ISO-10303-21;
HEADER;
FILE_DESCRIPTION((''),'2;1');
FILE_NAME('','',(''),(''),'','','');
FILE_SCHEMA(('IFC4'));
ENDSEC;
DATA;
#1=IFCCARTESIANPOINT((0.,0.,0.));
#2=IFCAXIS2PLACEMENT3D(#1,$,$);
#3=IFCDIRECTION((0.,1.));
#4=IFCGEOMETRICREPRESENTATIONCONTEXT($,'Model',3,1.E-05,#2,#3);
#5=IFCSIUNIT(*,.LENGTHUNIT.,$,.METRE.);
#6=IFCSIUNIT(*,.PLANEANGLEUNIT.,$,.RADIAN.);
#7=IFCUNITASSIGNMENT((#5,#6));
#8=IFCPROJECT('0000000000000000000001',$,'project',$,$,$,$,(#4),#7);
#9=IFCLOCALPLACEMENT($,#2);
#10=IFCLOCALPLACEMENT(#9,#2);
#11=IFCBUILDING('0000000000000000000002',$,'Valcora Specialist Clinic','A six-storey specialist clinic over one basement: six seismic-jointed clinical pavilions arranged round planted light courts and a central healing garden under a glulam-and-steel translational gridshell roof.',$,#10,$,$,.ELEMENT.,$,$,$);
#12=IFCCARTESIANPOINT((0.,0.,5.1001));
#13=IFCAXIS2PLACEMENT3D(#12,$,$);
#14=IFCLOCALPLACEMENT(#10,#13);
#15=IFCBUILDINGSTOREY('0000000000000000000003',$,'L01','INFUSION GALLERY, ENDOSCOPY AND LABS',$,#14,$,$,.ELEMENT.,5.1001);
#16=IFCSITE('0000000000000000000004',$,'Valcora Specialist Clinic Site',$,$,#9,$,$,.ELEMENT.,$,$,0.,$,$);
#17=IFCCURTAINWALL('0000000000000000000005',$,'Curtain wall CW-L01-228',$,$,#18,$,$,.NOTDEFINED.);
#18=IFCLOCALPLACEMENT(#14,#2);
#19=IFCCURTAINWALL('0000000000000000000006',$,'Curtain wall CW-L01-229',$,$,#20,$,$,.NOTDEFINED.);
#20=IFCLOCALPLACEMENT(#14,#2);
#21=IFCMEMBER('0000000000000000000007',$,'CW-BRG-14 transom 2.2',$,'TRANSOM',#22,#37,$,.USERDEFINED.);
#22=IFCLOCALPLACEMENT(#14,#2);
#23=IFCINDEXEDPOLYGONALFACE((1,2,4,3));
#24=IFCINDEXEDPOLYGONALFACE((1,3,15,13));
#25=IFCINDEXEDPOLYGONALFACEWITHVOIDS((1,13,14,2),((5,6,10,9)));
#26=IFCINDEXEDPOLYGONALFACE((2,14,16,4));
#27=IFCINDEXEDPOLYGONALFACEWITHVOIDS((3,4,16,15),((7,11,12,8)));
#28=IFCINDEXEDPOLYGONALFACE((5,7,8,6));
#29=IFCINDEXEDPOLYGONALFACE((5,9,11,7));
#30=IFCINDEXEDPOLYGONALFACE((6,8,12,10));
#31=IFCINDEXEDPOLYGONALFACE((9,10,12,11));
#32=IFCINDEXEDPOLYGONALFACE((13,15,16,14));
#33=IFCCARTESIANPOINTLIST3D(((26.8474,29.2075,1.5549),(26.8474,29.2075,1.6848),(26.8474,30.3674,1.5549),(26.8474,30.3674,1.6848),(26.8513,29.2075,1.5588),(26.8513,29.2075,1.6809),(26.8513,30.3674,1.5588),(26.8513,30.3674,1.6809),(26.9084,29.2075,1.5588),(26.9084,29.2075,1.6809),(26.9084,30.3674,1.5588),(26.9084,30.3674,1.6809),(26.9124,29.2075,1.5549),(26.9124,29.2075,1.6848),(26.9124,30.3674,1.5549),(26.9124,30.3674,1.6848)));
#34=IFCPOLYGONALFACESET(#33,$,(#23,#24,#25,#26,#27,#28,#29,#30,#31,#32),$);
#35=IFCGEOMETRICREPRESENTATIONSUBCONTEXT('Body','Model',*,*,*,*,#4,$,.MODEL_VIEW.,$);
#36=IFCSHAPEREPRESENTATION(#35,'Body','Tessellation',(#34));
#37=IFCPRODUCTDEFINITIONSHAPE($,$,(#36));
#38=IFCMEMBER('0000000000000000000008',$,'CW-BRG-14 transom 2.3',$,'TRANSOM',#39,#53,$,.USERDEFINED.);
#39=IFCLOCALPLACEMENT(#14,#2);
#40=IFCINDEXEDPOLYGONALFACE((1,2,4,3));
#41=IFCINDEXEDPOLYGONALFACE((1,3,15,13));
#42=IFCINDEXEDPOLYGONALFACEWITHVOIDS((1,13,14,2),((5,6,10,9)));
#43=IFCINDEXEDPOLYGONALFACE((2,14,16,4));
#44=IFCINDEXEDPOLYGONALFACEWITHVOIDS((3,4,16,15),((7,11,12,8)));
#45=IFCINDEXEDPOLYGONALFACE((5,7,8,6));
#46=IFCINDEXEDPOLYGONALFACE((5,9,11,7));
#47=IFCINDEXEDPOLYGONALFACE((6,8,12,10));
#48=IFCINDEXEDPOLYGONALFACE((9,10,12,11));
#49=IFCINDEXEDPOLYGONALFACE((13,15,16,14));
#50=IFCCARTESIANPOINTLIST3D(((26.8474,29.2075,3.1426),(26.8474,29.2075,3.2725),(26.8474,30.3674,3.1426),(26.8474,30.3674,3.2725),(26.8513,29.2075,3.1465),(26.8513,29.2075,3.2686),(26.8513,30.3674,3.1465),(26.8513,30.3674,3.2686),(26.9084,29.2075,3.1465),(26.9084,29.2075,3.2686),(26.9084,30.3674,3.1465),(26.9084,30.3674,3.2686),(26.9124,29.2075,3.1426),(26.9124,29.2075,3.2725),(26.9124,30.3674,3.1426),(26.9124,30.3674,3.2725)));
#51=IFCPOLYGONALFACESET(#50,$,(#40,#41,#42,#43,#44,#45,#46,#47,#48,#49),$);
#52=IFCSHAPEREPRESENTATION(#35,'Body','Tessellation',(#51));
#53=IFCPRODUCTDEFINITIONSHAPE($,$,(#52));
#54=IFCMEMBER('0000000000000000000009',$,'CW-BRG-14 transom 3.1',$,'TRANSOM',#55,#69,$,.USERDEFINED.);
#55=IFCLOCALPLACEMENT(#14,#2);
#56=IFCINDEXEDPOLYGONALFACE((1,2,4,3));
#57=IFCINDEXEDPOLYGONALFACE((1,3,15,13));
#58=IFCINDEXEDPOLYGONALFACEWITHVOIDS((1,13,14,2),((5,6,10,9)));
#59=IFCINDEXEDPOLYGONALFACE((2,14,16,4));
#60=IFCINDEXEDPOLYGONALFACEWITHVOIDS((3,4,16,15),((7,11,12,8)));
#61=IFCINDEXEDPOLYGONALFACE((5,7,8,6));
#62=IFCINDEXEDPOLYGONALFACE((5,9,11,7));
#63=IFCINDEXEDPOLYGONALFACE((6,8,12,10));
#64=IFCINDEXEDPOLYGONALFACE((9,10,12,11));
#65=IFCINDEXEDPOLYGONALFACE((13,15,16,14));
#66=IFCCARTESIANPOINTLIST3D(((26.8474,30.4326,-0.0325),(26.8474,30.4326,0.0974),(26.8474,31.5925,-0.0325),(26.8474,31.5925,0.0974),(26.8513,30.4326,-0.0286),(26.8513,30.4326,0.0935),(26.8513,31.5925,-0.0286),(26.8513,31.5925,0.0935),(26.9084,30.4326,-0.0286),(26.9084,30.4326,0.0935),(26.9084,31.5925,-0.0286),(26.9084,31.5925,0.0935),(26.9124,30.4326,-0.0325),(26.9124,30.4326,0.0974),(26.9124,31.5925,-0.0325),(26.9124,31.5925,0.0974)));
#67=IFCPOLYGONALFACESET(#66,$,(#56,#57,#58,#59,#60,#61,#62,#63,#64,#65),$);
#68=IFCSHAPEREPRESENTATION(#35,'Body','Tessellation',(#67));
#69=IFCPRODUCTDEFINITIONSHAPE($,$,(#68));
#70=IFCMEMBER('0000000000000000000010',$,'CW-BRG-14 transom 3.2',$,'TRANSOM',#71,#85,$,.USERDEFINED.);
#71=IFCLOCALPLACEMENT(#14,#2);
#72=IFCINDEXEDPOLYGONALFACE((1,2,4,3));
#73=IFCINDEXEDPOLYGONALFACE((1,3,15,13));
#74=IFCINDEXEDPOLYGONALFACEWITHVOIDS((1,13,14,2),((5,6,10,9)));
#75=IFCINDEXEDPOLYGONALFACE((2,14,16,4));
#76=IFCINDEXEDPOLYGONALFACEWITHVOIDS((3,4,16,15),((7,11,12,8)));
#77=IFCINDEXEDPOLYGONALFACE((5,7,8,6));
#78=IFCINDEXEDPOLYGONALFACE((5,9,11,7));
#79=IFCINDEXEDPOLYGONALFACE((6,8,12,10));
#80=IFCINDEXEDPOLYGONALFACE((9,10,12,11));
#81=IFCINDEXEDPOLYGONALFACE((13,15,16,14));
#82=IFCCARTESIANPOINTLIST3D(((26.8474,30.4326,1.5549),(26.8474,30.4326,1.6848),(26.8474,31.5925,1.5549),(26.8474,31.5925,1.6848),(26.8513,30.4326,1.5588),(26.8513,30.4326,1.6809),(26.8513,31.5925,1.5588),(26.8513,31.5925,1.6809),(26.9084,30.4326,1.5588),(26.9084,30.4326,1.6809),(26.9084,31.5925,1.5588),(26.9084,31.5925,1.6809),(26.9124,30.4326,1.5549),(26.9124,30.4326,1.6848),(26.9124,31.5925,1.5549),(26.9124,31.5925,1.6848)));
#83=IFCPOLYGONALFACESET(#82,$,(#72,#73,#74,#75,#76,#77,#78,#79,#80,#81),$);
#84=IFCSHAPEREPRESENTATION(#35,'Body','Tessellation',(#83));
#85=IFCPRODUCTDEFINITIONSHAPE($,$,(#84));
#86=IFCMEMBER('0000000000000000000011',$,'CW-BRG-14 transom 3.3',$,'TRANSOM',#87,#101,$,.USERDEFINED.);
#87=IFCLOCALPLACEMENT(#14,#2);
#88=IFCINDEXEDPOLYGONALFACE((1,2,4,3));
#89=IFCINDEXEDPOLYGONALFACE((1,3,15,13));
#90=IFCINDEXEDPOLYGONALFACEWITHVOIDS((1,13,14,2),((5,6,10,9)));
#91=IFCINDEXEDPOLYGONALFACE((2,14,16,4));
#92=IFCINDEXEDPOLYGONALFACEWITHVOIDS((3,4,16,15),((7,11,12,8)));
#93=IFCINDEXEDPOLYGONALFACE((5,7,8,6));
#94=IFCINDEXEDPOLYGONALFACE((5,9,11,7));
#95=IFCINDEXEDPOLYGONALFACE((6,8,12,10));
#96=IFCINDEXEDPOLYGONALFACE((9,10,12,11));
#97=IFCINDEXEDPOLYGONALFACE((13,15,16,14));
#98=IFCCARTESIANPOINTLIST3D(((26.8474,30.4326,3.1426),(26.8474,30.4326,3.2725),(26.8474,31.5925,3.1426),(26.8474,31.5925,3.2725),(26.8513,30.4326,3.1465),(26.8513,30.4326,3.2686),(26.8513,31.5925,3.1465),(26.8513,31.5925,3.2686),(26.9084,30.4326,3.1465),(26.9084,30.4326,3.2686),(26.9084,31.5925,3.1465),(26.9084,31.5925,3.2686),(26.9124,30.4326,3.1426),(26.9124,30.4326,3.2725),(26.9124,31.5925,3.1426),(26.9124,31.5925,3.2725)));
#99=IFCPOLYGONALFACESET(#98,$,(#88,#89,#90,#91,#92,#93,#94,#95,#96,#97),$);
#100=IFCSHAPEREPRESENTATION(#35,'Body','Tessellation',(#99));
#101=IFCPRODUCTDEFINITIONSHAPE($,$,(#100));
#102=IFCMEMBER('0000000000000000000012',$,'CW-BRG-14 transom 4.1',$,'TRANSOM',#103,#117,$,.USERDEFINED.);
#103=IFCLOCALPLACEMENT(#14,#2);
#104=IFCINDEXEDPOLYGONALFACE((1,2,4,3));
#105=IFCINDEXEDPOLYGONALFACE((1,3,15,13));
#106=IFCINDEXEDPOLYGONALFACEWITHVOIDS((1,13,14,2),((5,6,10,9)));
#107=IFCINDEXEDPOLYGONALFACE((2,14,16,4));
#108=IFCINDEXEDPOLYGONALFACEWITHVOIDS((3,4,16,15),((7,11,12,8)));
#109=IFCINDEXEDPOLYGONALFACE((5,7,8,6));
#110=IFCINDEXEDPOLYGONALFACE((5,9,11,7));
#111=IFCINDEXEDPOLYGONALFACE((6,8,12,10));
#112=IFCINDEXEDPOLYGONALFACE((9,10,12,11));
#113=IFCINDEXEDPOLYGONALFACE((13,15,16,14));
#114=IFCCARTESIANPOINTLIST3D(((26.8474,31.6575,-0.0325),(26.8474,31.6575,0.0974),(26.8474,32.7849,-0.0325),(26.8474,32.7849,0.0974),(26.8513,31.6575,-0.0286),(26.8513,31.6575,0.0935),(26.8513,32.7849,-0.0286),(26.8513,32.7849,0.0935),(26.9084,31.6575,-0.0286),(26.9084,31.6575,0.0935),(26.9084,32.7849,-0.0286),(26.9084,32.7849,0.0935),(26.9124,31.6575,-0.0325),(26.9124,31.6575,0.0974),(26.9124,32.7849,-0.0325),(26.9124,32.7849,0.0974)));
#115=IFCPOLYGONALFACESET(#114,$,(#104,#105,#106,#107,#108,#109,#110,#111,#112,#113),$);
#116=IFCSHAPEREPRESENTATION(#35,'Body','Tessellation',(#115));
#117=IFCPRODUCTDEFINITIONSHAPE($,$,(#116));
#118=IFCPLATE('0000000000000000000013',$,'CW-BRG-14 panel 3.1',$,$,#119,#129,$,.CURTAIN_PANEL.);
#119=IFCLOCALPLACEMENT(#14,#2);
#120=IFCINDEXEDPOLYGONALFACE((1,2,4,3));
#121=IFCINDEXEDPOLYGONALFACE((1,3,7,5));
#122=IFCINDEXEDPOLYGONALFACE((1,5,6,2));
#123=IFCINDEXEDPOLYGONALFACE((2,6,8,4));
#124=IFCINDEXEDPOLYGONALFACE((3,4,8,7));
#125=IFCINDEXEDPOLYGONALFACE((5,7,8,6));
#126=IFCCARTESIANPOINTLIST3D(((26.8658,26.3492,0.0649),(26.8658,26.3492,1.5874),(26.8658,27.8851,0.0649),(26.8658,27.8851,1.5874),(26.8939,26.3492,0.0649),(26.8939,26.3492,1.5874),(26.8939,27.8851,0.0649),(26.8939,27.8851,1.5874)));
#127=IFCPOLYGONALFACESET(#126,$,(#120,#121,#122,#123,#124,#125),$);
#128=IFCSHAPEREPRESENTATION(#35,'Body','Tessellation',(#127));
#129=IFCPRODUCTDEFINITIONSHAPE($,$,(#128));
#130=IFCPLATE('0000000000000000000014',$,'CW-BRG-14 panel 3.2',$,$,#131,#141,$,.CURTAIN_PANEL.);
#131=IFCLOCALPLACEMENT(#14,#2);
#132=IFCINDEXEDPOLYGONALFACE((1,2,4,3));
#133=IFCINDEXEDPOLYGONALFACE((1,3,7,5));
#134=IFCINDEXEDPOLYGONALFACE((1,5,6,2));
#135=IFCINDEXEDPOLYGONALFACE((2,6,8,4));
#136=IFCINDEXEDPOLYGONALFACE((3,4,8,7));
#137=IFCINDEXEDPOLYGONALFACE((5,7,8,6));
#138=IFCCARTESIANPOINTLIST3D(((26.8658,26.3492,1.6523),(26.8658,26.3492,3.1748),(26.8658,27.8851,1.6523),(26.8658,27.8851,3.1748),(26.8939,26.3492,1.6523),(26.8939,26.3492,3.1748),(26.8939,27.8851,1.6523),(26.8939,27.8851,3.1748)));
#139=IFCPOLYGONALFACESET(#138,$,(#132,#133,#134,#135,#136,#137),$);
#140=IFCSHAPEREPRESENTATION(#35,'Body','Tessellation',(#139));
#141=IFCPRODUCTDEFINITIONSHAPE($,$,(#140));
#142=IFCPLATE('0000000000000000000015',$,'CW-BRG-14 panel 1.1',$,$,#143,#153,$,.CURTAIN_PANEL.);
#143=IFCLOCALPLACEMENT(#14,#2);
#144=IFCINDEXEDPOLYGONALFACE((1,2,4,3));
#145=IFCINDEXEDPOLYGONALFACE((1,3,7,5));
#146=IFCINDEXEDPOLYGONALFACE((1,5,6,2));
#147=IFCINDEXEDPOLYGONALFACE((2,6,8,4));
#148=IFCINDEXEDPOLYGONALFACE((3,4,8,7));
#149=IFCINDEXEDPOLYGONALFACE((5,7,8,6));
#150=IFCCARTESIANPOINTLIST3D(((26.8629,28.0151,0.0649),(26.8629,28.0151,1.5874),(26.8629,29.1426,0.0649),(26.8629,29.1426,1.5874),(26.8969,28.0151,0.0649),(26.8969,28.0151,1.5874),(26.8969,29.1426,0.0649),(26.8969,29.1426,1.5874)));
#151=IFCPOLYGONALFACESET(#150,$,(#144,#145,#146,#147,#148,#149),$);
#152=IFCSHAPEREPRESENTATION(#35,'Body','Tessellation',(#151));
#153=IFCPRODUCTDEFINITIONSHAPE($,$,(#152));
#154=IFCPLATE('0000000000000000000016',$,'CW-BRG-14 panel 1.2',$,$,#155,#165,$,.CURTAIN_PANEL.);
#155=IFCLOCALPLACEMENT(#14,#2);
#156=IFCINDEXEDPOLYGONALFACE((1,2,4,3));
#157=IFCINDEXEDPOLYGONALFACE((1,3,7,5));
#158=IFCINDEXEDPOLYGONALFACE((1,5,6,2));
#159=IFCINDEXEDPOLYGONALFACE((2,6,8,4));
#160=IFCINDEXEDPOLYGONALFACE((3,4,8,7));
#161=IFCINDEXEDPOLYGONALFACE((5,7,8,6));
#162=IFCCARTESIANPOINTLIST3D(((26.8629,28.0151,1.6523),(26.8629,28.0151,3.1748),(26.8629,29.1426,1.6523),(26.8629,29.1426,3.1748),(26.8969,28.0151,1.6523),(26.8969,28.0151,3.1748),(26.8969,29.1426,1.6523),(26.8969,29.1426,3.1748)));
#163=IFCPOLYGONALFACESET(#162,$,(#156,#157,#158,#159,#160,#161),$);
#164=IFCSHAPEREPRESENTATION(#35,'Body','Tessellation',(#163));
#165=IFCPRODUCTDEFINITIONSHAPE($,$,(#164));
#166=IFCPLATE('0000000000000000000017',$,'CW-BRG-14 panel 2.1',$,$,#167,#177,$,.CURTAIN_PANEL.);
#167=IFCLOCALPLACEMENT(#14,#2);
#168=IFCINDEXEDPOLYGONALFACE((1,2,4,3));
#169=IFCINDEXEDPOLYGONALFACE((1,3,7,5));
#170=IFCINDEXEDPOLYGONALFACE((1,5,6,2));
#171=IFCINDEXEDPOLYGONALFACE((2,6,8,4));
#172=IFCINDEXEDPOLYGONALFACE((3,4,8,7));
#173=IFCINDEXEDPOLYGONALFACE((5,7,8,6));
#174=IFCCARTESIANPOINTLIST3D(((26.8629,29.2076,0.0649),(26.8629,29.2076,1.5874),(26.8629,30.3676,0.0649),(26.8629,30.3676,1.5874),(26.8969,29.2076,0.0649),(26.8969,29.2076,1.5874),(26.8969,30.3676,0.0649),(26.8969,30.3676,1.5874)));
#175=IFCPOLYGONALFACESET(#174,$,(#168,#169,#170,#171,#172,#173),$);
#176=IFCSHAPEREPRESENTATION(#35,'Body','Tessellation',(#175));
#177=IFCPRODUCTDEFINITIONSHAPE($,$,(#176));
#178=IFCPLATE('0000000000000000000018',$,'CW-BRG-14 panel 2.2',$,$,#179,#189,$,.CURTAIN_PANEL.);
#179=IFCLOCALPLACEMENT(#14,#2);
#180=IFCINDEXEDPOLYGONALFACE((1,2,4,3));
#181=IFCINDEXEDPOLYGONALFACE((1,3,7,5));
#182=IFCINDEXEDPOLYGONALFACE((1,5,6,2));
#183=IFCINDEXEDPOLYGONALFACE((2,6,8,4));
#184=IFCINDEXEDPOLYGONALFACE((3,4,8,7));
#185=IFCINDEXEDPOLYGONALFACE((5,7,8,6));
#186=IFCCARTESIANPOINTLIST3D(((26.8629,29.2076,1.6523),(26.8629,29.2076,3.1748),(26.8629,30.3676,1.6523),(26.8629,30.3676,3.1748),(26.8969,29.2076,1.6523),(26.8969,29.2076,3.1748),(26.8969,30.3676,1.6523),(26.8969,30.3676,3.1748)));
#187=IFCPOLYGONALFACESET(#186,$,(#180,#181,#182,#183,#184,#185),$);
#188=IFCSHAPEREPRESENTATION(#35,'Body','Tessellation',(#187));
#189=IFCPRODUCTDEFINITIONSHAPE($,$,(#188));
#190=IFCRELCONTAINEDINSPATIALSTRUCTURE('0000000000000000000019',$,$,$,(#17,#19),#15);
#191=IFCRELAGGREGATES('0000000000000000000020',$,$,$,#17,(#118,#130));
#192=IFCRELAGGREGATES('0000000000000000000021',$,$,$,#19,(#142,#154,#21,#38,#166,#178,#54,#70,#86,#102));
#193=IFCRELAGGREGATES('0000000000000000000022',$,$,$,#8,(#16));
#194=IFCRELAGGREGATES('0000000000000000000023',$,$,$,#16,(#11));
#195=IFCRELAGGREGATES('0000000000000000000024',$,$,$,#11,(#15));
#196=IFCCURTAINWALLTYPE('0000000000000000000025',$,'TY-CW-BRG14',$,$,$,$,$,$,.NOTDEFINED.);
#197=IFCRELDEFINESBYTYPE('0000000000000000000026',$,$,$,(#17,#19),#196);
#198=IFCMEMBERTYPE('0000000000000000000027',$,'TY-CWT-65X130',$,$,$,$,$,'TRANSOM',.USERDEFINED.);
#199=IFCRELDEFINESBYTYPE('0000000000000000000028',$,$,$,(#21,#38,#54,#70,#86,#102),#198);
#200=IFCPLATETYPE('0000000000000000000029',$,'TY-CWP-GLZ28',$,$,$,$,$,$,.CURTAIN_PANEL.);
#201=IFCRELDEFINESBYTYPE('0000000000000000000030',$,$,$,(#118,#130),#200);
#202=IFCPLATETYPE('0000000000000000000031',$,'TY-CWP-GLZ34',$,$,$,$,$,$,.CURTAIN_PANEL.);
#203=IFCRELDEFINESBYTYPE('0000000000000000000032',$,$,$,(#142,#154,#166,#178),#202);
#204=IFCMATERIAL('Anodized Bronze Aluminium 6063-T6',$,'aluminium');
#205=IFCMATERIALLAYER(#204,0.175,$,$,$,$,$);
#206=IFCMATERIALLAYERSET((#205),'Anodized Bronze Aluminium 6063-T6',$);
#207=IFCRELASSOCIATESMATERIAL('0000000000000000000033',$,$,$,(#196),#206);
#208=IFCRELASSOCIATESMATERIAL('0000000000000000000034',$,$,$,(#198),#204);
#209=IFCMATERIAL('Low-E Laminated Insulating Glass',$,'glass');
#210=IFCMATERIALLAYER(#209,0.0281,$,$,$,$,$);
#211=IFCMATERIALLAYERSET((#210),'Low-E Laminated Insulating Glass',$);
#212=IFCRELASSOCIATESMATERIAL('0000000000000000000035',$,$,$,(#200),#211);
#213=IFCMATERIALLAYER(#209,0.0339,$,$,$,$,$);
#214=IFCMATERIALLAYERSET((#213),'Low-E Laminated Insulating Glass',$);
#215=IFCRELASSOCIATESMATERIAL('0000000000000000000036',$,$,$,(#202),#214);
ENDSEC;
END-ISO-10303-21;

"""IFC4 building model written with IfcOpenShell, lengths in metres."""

from ifc_helpers import new_model, si_unit, direction, frame, origin, origin_2d, place, context, subcontext, project, spatial, rectangle, hollow_rectangle, extrude, material, layer, layer_set, material_profile, profile_set, type_object, element, aggregate, save


model = new_model("IFC4")

# Units and contexts
model_context = context("Model", 3, precision=1e-05, world=origin(), true_north=direction((0.0, 1.0)))
body_context = subcontext(model_context, "Body", "Model", "MODEL_VIEW")
ifc_project = project(units=[si_unit("LENGTHUNIT", "METRE"), si_unit("PLANEANGLEUNIT", "RADIAN")], contexts=[model_context])

# Site, building, storey
site_placement = place(None, origin())
site = spatial("IfcSite", under=ifc_project, at=site_placement, Name="Valcora Specialist Clinic Site", CompositionType="ELEMENT", RefElevation=0.0)
building_placement = place(site_placement, origin())
building = spatial("IfcBuilding", under=site, at=building_placement, Name="Valcora Specialist Clinic", Description="A six-storey specialist clinic over one basement: six seismic-jointed clinical pavilions arranged round planted light courts and a central healing garden under a glulam-and-steel translational gridshell roof.", CompositionType="ELEMENT")
storey_placement = place(building_placement, frame((0.0, 0.0, 5.1001)))
storey = spatial("IfcBuildingStorey", under=building, at=storey_placement, Name="L01", Description="INFUSION GALLERY, ENDOSCOPY AND LABS", CompositionType="ELEMENT", Elevation=5.1001)

# Curtain wall
ifc_material_1 = material(Name="Anodized Bronze Aluminium 6063-T6", Category="aluminium")
ifc_layer_1 = layer(ifc_material_1, 0.175)
ifc_layer_set_1 = layer_set([ifc_layer_1], Name="Anodized Bronze Aluminium 6063-T6")
curtain_wall_type = type_object("IfcCurtainWallType", Name="TY-CW-BRG14", PredefinedType="NOTDEFINED", material=ifc_layer_set_1)
curtain_wall_1_placement = place(storey_placement, origin())
curtain_wall_1 = element("IfcCurtainWall", 1, at=curtain_wall_1_placement, inside=storey, type_object=curtain_wall_type, Name="Curtain wall CW-L01-228", PredefinedType="NOTDEFINED")

# Curtain wall
curtain_wall_2_placement = place(storey_placement, origin())
curtain_wall_2 = element("IfcCurtainWall", 2, at=curtain_wall_2_placement, inside=storey, type_object=curtain_wall_type, Name="Curtain wall CW-L01-229", PredefinedType="NOTDEFINED")

# Members
ifc_material_profile_1 = material_profile(ifc_material_1, hollow_rectangle(XDim=0.0649, YDim=0.1299, WallThickness=0.0039, at=origin_2d()), Name="AL-TRN-65X130")
ifc_profile_set_1 = profile_set([ifc_material_profile_1], Name="Anodized Bronze Aluminium 6063-T6")
member_type_1 = type_object("IfcMemberType", Name="TY-CWT-65X130", ElementType="TRANSOM", PredefinedType="USERDEFINED", material=ifc_profile_set_1)
member_1_placement = place(storey_placement, frame((26.8799, 29.2075, 1.6199), z_axis=(0.0, 1.0, 0.0), x_axis=(-1.0, 0.0, 0.0)))
member_1 = element("IfcMember", 3, at=member_1_placement, type_object=member_type_1, Name="CW-BRG-14 transom 2.2", ObjectType="TRANSOM", PredefinedType="USERDEFINED", context=body_context, shape_type="SweptSolid", body=[
    extrude(hollow_rectangle(XDim=0.0649, YDim=0.1299, WallThickness=0.0039, at=origin_2d()), origin(), (0.0, 0.0, 1.0), 1.1599),
])
member_2_placement = place(storey_placement, frame((26.8799, 29.2075, 3.2075), z_axis=(0.0, 1.0, 0.0), x_axis=(-1.0, 0.0, 0.0)))
member_2 = element("IfcMember", 4, at=member_2_placement, type_object=member_type_1, Name="CW-BRG-14 transom 2.3", ObjectType="TRANSOM", PredefinedType="USERDEFINED", context=body_context, shape_type="SweptSolid", body=[
    extrude(hollow_rectangle(XDim=0.0649, YDim=0.1299, WallThickness=0.0039, at=origin_2d()), origin(), (0.0, 0.0, 1.0), 1.1599),
])
member_3_placement = place(storey_placement, frame((26.8799, 30.4326, 0.0325), z_axis=(0.0, 1.0, 0.0), x_axis=(-1.0, 0.0, 0.0)))
member_3 = element("IfcMember", 5, at=member_3_placement, type_object=member_type_1, Name="CW-BRG-14 transom 3.1", ObjectType="TRANSOM", PredefinedType="USERDEFINED", context=body_context, shape_type="SweptSolid", body=[
    extrude(hollow_rectangle(XDim=0.0649, YDim=0.1299, WallThickness=0.0039, at=origin_2d()), origin(), (0.0, 0.0, 1.0), 1.1599),
])
member_4_placement = place(storey_placement, frame((26.8799, 30.4326, 1.6199), z_axis=(0.0, 1.0, 0.0), x_axis=(-1.0, 0.0, 0.0)))
member_4 = element("IfcMember", 6, at=member_4_placement, type_object=member_type_1, Name="CW-BRG-14 transom 3.2", ObjectType="TRANSOM", PredefinedType="USERDEFINED", context=body_context, shape_type="SweptSolid", body=[
    extrude(hollow_rectangle(XDim=0.0649, YDim=0.1299, WallThickness=0.0039, at=origin_2d()), origin(), (0.0, 0.0, 1.0), 1.1599),
])
member_5_placement = place(storey_placement, frame((26.8799, 30.4326, 3.2075), z_axis=(0.0, 1.0, 0.0), x_axis=(-1.0, 0.0, 0.0)))
member_5 = element("IfcMember", 7, at=member_5_placement, type_object=member_type_1, Name="CW-BRG-14 transom 3.3", ObjectType="TRANSOM", PredefinedType="USERDEFINED", context=body_context, shape_type="SweptSolid", body=[
    extrude(hollow_rectangle(XDim=0.0649, YDim=0.1299, WallThickness=0.0039, at=origin_2d()), origin(), (0.0, 0.0, 1.0), 1.1599),
])
member_6_placement = place(storey_placement, frame((26.8799, 31.6575, 0.0325), z_axis=(0.0, 1.0, 0.0), x_axis=(-1.0, 0.0, 0.0)))
member_6 = element("IfcMember", 8, at=member_6_placement, type_object=member_type_1, Name="CW-BRG-14 transom 4.1", ObjectType="TRANSOM", PredefinedType="USERDEFINED", context=body_context, shape_type="SweptSolid", body=[
    extrude(hollow_rectangle(XDim=0.0649, YDim=0.1299, WallThickness=0.0039, at=origin_2d()), origin(), (0.0, 0.0, 1.0), 1.1274),
])

# Plates
ifc_material_2 = material(Name="Low-E Laminated Insulating Glass", Category="glass")
ifc_layer_2 = layer(ifc_material_2, 0.0281)
ifc_layer_set_2 = layer_set([ifc_layer_2], Name="Low-E Laminated Insulating Glass")
plate_type_1 = type_object("IfcPlateType", Name="TY-CWP-GLZ28", PredefinedType="CURTAIN_PANEL", material=ifc_layer_set_2)
plate_1_placement = place(storey_placement, frame((26.8799, 27.1172, 0.0649), z_axis=(0.0, 0.0, 1.0), x_axis=(0.0, 1.0, 0.0)))
plate_1 = element("IfcPlate", 9, at=plate_1_placement, type_object=plate_type_1, Name="CW-BRG-14 panel 3.1", PredefinedType="CURTAIN_PANEL", context=body_context, shape_type="SweptSolid", body=[
    extrude(rectangle(XDim=1.5359, YDim=0.0281, at=origin_2d()), origin(), (0.0, 0.0, 1.0), 1.5225),
])
plate_2_placement = place(storey_placement, frame((26.8799, 27.1172, 1.6523), z_axis=(0.0, 0.0, 1.0), x_axis=(0.0, 1.0, 0.0)))
plate_2 = element("IfcPlate", 10, at=plate_2_placement, type_object=plate_type_1, Name="CW-BRG-14 panel 3.2", PredefinedType="CURTAIN_PANEL", context=body_context, shape_type="SweptSolid", body=[
    extrude(rectangle(XDim=1.5359, YDim=0.0281, at=origin_2d()), origin(), (0.0, 0.0, 1.0), 1.5225),
])
aggregate(curtain_wall_1, [plate_1, plate_2])
ifc_layer_3 = layer(ifc_material_2, 0.0339)
ifc_layer_set_3 = layer_set([ifc_layer_3], Name="Low-E Laminated Insulating Glass")
plate_type_2 = type_object("IfcPlateType", Name="TY-CWP-GLZ34", PredefinedType="CURTAIN_PANEL", material=ifc_layer_set_3)
plate_3_placement = place(storey_placement, frame((26.8799, 28.5789, 0.0649), z_axis=(0.0, 0.0, 1.0), x_axis=(0.0, 1.0, 0.0)))
plate_3 = element("IfcPlate", 11, at=plate_3_placement, type_object=plate_type_2, Name="CW-BRG-14 panel 1.1", PredefinedType="CURTAIN_PANEL", context=body_context, shape_type="SweptSolid", body=[
    extrude(rectangle(XDim=1.1274, YDim=0.0339, at=origin_2d()), origin(), (0.0, 0.0, 1.0), 1.5225),
])
plate_4_placement = place(storey_placement, frame((26.8799, 28.5789, 1.6523), z_axis=(0.0, 0.0, 1.0), x_axis=(0.0, 1.0, 0.0)))
plate_4 = element("IfcPlate", 12, at=plate_4_placement, type_object=plate_type_2, Name="CW-BRG-14 panel 1.2", PredefinedType="CURTAIN_PANEL", context=body_context, shape_type="SweptSolid", body=[
    extrude(rectangle(XDim=1.1274, YDim=0.0339, at=origin_2d()), origin(), (0.0, 0.0, 1.0), 1.5225),
])
plate_5_placement = place(storey_placement, frame((26.8799, 29.7876, 0.0649), z_axis=(0.0, 0.0, 1.0), x_axis=(0.0, 1.0, 0.0)))
plate_5 = element("IfcPlate", 13, at=plate_5_placement, type_object=plate_type_2, Name="CW-BRG-14 panel 2.1", PredefinedType="CURTAIN_PANEL", context=body_context, shape_type="SweptSolid", body=[
    extrude(rectangle(XDim=1.1599, YDim=0.0339, at=origin_2d()), origin(), (0.0, 0.0, 1.0), 1.5225),
])
plate_6_placement = place(storey_placement, frame((26.8799, 29.7876, 1.6523), z_axis=(0.0, 0.0, 1.0), x_axis=(0.0, 1.0, 0.0)))
plate_6 = element("IfcPlate", 14, at=plate_6_placement, type_object=plate_type_2, Name="CW-BRG-14 panel 2.2", PredefinedType="CURTAIN_PANEL", context=body_context, shape_type="SweptSolid", body=[
    extrude(rectangle(XDim=1.1599, YDim=0.0339, at=origin_2d()), origin(), (0.0, 0.0, 1.0), 1.5225),
])
aggregate(curtain_wall_2, [plate_3, plate_4, member_1, member_2, plate_5, plate_6, member_3, member_4, member_5, member_6])

save(model, "model.ifc")
